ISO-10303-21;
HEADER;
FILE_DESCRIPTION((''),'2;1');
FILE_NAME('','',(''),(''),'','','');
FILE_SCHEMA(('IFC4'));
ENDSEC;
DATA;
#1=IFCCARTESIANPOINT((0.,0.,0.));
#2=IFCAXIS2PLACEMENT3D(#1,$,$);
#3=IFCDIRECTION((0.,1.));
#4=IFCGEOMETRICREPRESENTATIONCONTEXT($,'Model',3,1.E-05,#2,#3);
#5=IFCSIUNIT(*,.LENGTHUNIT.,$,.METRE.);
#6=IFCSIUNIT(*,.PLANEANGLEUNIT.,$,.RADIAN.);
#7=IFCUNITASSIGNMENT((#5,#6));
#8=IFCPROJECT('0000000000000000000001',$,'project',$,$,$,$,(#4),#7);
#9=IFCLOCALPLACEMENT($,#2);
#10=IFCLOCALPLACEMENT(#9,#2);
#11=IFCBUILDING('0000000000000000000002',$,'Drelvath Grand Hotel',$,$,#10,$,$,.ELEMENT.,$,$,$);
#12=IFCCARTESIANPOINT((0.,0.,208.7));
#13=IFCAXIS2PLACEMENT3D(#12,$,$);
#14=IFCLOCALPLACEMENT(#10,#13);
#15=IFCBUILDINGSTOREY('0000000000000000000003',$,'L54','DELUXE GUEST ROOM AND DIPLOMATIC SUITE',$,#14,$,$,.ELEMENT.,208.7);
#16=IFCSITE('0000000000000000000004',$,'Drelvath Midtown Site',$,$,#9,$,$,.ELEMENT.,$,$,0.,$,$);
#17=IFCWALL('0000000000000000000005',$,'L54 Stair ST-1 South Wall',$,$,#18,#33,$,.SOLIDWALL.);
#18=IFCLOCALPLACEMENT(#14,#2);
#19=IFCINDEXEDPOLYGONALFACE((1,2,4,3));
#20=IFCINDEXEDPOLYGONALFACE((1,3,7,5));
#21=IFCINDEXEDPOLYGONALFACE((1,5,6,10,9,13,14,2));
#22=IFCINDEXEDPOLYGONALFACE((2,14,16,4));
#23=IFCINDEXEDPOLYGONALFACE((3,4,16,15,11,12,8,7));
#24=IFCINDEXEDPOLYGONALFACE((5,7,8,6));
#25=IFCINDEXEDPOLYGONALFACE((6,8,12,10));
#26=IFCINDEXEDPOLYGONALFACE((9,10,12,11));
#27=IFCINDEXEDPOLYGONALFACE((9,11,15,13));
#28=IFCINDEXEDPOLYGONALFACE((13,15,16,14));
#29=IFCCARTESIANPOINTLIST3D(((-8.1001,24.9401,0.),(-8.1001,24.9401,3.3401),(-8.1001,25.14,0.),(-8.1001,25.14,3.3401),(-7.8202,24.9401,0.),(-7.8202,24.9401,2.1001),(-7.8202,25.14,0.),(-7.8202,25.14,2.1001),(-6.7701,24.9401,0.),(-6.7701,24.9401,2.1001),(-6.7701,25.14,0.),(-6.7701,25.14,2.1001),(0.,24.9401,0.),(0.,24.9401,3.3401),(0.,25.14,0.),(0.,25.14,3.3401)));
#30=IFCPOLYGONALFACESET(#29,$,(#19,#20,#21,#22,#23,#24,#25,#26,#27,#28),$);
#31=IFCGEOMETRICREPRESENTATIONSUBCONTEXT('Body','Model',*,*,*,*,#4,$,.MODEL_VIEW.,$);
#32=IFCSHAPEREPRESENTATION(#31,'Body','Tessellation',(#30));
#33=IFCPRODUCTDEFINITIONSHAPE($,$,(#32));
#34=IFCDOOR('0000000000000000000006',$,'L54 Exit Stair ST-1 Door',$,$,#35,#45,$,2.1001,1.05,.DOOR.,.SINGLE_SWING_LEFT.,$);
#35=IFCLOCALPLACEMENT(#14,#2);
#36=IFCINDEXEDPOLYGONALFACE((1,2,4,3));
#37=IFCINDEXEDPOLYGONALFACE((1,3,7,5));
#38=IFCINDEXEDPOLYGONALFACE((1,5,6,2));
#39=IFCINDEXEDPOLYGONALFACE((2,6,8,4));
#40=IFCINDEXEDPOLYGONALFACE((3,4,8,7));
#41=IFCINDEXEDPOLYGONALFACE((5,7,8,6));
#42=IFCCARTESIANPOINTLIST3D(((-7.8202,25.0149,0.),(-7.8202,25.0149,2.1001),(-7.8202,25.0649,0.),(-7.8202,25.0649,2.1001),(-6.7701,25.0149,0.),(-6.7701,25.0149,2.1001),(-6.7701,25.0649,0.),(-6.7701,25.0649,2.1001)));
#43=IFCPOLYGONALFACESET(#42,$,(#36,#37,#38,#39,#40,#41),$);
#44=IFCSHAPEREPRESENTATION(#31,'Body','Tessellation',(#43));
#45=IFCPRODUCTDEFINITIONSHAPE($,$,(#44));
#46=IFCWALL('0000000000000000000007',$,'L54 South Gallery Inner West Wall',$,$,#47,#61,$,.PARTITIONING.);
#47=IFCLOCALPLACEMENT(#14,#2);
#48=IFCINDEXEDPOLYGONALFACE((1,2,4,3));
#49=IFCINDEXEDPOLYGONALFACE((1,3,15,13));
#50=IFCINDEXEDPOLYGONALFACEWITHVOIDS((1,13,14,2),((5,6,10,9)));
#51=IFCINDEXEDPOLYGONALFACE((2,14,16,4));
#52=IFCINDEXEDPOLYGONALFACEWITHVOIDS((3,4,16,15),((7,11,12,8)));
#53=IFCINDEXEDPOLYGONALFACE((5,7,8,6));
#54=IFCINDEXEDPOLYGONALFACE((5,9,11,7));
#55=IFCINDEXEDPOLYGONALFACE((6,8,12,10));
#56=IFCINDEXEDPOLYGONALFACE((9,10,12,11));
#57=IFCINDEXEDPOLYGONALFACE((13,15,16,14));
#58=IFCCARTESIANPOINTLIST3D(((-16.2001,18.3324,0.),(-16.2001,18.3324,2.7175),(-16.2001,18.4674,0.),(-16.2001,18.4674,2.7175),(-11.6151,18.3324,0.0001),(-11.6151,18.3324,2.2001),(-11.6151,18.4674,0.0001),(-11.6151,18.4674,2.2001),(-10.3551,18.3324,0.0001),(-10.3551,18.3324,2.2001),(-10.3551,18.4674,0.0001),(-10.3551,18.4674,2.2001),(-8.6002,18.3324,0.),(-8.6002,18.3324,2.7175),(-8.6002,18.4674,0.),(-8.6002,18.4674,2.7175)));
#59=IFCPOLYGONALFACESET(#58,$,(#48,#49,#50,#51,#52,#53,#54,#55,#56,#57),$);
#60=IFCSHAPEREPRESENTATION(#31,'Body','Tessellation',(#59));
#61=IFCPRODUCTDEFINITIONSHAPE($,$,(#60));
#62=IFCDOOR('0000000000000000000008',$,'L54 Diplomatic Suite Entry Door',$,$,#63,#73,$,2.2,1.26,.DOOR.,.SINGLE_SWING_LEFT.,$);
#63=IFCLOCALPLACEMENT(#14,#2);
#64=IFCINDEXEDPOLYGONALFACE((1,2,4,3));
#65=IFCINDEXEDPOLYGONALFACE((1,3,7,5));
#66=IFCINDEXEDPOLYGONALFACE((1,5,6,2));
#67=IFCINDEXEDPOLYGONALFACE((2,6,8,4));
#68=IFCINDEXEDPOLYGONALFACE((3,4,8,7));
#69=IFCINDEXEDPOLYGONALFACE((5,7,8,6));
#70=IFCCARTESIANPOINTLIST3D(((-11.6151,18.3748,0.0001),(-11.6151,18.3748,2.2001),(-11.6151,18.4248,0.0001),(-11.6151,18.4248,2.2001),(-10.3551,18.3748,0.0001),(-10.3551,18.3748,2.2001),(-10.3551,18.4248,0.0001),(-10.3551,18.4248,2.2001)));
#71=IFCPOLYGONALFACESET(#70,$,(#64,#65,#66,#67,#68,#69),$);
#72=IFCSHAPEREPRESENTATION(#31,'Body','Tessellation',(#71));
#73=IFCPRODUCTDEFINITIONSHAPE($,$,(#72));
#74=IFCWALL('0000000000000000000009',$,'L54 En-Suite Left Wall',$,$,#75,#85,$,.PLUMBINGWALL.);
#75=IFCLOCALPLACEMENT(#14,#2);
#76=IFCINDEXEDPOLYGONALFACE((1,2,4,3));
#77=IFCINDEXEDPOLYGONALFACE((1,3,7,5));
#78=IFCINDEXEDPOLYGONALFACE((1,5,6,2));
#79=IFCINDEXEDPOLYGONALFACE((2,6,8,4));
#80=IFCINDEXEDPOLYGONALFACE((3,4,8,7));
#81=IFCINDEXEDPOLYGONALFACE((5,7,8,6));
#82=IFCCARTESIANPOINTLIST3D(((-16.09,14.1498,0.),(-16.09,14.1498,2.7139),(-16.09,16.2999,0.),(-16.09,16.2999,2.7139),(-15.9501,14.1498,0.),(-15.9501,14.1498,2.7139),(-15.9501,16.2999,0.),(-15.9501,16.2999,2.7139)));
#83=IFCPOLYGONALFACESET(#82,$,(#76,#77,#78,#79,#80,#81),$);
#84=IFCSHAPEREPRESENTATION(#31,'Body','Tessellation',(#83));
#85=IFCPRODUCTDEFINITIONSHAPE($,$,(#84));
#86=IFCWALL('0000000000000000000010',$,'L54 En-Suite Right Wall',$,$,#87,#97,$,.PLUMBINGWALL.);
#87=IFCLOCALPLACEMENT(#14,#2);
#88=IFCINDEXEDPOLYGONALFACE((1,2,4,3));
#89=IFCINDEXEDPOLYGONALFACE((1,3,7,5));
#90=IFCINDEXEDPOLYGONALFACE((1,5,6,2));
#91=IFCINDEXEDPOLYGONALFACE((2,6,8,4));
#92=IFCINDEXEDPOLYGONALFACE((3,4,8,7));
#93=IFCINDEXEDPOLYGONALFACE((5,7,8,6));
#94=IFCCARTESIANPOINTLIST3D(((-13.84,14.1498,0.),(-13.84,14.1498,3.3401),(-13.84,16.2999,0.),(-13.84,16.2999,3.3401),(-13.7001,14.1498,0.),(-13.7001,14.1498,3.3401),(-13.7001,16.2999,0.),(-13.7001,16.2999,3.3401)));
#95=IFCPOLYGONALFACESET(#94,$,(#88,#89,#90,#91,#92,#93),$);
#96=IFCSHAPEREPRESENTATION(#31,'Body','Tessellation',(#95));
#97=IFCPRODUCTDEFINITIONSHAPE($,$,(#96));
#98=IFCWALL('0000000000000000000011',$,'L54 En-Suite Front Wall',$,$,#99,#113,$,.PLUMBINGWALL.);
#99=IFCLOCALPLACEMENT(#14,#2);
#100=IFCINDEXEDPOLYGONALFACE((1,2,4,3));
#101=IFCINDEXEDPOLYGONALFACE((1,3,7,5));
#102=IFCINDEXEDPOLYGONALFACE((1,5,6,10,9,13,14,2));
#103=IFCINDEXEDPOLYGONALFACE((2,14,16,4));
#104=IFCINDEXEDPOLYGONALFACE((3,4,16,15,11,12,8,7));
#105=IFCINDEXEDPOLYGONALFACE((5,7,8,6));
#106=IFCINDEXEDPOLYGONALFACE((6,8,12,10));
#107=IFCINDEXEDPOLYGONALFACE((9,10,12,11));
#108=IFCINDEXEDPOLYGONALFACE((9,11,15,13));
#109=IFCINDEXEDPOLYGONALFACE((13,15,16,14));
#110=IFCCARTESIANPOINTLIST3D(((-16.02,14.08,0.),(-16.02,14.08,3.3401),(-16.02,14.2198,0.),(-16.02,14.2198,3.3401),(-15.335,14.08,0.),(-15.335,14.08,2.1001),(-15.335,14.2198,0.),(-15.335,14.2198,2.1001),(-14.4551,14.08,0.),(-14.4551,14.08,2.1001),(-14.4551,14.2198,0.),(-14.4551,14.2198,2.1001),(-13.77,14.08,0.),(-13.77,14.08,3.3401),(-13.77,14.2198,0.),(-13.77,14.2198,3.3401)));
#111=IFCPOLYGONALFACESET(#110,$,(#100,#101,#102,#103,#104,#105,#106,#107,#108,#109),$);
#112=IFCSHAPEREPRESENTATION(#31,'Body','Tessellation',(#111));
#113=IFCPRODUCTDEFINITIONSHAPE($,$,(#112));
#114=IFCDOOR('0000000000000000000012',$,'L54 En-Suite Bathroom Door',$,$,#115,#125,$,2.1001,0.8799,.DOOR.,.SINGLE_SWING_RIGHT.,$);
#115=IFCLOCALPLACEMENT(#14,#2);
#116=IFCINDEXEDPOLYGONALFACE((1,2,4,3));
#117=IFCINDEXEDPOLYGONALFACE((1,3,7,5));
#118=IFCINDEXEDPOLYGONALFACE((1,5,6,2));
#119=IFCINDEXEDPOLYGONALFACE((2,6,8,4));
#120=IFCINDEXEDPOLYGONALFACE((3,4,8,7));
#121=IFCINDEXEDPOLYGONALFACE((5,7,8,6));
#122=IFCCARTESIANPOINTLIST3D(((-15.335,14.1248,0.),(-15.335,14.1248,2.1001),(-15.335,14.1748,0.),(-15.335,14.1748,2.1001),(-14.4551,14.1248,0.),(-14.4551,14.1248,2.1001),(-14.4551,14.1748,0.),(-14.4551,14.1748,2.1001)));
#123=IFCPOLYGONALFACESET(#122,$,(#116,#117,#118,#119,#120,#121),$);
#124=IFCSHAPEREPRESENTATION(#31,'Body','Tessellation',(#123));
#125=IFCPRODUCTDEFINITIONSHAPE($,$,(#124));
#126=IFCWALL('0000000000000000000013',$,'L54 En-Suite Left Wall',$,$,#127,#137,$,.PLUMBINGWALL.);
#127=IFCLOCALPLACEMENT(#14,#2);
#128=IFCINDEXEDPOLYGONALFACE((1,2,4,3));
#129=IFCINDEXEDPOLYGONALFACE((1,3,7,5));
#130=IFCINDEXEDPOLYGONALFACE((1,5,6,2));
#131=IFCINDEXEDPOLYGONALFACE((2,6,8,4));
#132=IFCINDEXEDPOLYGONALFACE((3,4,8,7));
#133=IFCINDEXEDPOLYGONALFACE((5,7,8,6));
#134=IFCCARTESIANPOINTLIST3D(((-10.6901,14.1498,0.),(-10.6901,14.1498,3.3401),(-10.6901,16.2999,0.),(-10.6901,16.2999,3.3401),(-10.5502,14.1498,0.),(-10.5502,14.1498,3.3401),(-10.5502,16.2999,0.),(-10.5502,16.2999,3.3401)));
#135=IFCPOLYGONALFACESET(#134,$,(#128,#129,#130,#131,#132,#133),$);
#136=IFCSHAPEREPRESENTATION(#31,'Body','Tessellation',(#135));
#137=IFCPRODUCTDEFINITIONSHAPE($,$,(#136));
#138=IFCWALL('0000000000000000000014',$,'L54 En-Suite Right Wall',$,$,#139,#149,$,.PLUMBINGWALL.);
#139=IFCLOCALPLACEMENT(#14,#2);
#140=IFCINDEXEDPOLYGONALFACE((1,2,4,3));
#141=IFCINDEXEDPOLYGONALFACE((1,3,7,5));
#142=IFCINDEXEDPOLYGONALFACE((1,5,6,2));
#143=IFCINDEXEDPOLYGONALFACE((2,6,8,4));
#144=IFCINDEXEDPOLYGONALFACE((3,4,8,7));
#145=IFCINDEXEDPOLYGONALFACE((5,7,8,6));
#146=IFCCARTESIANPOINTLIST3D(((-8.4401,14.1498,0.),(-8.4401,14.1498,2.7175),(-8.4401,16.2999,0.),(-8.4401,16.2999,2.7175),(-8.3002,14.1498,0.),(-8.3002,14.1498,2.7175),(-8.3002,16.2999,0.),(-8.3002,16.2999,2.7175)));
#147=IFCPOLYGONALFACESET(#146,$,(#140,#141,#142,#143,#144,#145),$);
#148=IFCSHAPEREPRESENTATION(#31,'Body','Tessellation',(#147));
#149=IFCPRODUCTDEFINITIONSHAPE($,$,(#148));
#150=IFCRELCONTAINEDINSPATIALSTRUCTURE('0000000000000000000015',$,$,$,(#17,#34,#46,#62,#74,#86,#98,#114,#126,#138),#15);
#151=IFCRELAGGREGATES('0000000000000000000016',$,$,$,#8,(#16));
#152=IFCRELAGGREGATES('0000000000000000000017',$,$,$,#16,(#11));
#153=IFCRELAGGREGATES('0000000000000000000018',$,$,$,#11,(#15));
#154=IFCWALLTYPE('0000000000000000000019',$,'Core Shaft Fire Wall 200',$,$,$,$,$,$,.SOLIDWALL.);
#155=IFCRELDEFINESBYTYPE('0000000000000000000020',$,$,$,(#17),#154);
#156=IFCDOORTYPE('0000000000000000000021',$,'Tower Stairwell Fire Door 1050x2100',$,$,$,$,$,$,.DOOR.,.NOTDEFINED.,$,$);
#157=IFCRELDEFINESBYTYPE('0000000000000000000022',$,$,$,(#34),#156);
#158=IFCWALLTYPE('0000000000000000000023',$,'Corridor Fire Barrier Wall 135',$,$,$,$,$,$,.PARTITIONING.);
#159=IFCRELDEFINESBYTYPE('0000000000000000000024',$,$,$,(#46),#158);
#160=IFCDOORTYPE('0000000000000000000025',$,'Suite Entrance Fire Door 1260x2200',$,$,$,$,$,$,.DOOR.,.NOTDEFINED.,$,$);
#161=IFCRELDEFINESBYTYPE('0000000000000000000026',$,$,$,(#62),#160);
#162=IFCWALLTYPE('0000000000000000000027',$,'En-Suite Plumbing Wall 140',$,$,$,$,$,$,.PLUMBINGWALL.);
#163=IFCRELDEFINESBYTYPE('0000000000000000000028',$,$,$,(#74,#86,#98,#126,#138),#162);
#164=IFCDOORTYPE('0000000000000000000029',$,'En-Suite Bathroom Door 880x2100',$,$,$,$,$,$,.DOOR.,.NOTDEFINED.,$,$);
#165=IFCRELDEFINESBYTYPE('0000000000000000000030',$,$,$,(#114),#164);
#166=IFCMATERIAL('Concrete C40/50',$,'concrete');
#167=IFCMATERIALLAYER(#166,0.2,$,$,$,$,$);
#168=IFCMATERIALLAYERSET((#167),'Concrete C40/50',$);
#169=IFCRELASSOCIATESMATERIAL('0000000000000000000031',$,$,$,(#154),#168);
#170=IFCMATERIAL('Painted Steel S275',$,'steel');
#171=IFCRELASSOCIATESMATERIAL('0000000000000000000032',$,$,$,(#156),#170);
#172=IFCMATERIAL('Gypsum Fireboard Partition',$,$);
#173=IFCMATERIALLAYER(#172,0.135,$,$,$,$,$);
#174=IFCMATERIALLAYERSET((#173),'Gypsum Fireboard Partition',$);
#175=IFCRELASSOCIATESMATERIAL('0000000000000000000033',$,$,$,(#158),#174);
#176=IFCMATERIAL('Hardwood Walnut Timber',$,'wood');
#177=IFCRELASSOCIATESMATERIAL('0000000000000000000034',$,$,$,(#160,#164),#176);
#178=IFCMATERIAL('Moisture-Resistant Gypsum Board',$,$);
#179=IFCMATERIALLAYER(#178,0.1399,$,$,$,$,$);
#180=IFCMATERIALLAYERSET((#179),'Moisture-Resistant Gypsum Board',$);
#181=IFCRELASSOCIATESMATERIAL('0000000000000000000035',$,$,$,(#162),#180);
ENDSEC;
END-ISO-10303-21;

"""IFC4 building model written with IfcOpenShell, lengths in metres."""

from ifc_helpers import new_model, si_unit, direction, frame, frame_2d, origin, place, context, subcontext, project, spatial, rectangle, extrude, material, layer, layer_set, type_object, element, fill, save


model = new_model("IFC4")

# Units and contexts
model_context = context("Model", 3, precision=1e-05, world=origin(), true_north=direction((0.0, 1.0)))
body_context = subcontext(model_context, "Body", "Model", "MODEL_VIEW")
ifc_project = project(units=[si_unit("LENGTHUNIT", "METRE"), si_unit("PLANEANGLEUNIT", "RADIAN")], contexts=[model_context])

# Site, building, storey
site_placement = place(None, origin())
site = spatial("IfcSite", under=ifc_project, at=site_placement, Name="Drelvath Midtown Site", CompositionType="ELEMENT", RefElevation=0.0)
building_placement = place(site_placement, origin())
building = spatial("IfcBuilding", under=site, at=building_placement, Name="Drelvath Grand Hotel", CompositionType="ELEMENT")
storey_placement = place(building_placement, frame((0.0, 0.0, 208.7)))
storey = spatial("IfcBuildingStorey", under=building, at=storey_placement, Name="L54", Description="DELUXE GUEST ROOM AND DIPLOMATIC SUITE", CompositionType="ELEMENT", Elevation=208.7)

# Walls, openings, doors
ifc_material_1 = material(Name="Concrete C40/50", Category="concrete")
ifc_layer_1 = layer(ifc_material_1, 0.2)
ifc_layer_set_1 = layer_set([ifc_layer_1], Name="Concrete C40/50")
wall_type_1 = type_object("IfcWallType", Name="Core Shaft Fire Wall 200", PredefinedType="SOLIDWALL", material=ifc_layer_set_1)
wall_1_placement = place(storey_placement, frame((-8.1001, 25.04, 0.0), z_axis=(0.0, 0.0, 1.0), x_axis=(1.0, 0.0, 0.0)))
wall_1 = element("IfcWall", 1, at=wall_1_placement, inside=storey, type_object=wall_type_1, Name="L54 Stair ST-1 South Wall", PredefinedType="SOLIDWALL", context=body_context, shape_type="SweptSolid", body=[
    extrude(rectangle(XDim=8.1001, YDim=0.2, at=frame_2d((4.05, 0.0))), origin(), (0.0, 0.0, 1.0), 3.3401),
])
opening_1_placement = place(wall_1_placement, frame((0.28, 0.0, 0.0)))
opening_1 = element("IfcOpeningElement", 2, at=opening_1_placement, cuts=wall_1, PredefinedType="OPENING", context=body_context, shape_type="SweptSolid", body=[
    extrude(rectangle(XDim=1.05, YDim=2.1001, at=frame_2d((0.5249, 1.05))), frame((0.0, 0.1099, 0.0), z_axis=(0.0, -1.0, 0.0), x_axis=(1.0, 0.0, 0.0)), (0.0, 0.0, 1.0), 0.22),
])
ifc_material_2 = material(Name="Painted Steel S275", Category="steel")
door_type_1 = type_object("IfcDoorType", Name="Tower Stairwell Fire Door 1050x2100", OperationType="NOTDEFINED", PredefinedType="DOOR", material=ifc_material_2)
door_1_placement = place(opening_1_placement, origin())
door_1 = element("IfcDoor", 3, at=door_1_placement, inside=storey, type_object=door_type_1, Name="L54 Exit Stair ST-1 Door", OperationType="SINGLE_SWING_LEFT", OverallHeight=2.1001, OverallWidth=1.05, PredefinedType="DOOR", context=body_context, shape_type="SweptSolid", body=[
    extrude(rectangle(XDim=1.05, YDim=2.1001, at=frame_2d((0.5249, 1.05))), frame((0.0, 0.0249, 0.0), z_axis=(0.0, -1.0, 0.0), x_axis=(1.0, 0.0, 0.0)), (0.0, 0.0, 1.0), 0.05),
])
fill(opening_1, door_1)
ifc_material_3 = material(Name="Gypsum Fireboard Partition")
ifc_layer_2 = layer(ifc_material_3, 0.135)
ifc_layer_set_2 = layer_set([ifc_layer_2], Name="Gypsum Fireboard Partition")
wall_type_2 = type_object("IfcWallType", Name="Corridor Fire Barrier Wall 135", PredefinedType="PARTITIONING", material=ifc_layer_set_2)
wall_2_placement = place(storey_placement, frame((-16.2, 18.3999, 0.0), z_axis=(0.0, 0.0, 1.0), x_axis=(1.0, 0.0, 0.0)))
wall_2 = element("IfcWall", 4, at=wall_2_placement, inside=storey, type_object=wall_type_2, Name="L54 South Gallery Inner West Wall", PredefinedType="PARTITIONING", context=body_context, shape_type="SweptSolid", body=[
    extrude(rectangle(XDim=7.5999, YDim=0.135, at=frame_2d((3.7998, 0.0))), origin(), (0.0, 0.0, 1.0), 2.7175),
])
opening_2_placement = place(wall_2_placement, frame((4.585, 0.0, 0.0)))
opening_2 = element("IfcOpeningElement", 5, at=opening_2_placement, cuts=wall_2, PredefinedType="OPENING", context=body_context, shape_type="SweptSolid", body=[
    extrude(rectangle(XDim=1.26, YDim=2.2, at=frame_2d((0.6299, 1.1001))), frame((0.0, 0.0774, 0.0), z_axis=(0.0, -1.0, 0.0), x_axis=(1.0, 0.0, 0.0)), (0.0, 0.0, 1.0), 0.155),
])
ifc_material_4 = material(Name="Hardwood Walnut Timber", Category="wood")
door_type_2 = type_object("IfcDoorType", Name="Suite Entrance Fire Door 1260x2200", OperationType="NOTDEFINED", PredefinedType="DOOR", material=ifc_material_4)
door_2_placement = place(opening_2_placement, origin())
door_2 = element("IfcDoor", 6, at=door_2_placement, inside=storey, type_object=door_type_2, Name="L54 Diplomatic Suite Entry Door", OperationType="SINGLE_SWING_LEFT", OverallHeight=2.2, OverallWidth=1.26, PredefinedType="DOOR", context=body_context, shape_type="SweptSolid", body=[
    extrude(rectangle(XDim=1.26, YDim=2.2, at=frame_2d((0.6299, 1.1001))), frame((0.0, 0.0249, 0.0), z_axis=(0.0, -1.0, 0.0), x_axis=(1.0, 0.0, 0.0)), (0.0, 0.0, 1.0), 0.05),
])
fill(opening_2, door_2)

# Walls
ifc_material_5 = material(Name="Moisture-Resistant Gypsum Board")
ifc_layer_3 = layer(ifc_material_5, 0.1399)
ifc_layer_set_3 = layer_set([ifc_layer_3], Name="Moisture-Resistant Gypsum Board")
wall_type_3 = type_object("IfcWallType", Name="En-Suite Plumbing Wall 140", PredefinedType="PLUMBINGWALL", material=ifc_layer_set_3)
wall_3_placement = place(storey_placement, frame((-16.02, 16.3, 0.0), z_axis=(0.0, 0.0, 1.0), x_axis=(0.0, -1.0, 0.0)))
element("IfcWall", 7, at=wall_3_placement, inside=storey, type_object=wall_type_3, Name="L54 En-Suite Left Wall", PredefinedType="PLUMBINGWALL", context=body_context, shape_type="SweptSolid", body=[
    extrude(rectangle(XDim=2.1501, YDim=0.1399, at=frame_2d((1.0752, 0.0))), origin(), (0.0, 0.0, 1.0), 2.7139),
])
wall_4_placement = place(storey_placement, frame((-13.77, 16.3, 0.0), z_axis=(0.0, 0.0, 1.0), x_axis=(0.0, -1.0, 0.0)))
element("IfcWall", 8, at=wall_4_placement, inside=storey, type_object=wall_type_3, Name="L54 En-Suite Right Wall", PredefinedType="PLUMBINGWALL", context=body_context, shape_type="SweptSolid", body=[
    extrude(rectangle(XDim=2.1501, YDim=0.1399, at=frame_2d((1.0752, 0.0))), origin(), (0.0, 0.0, 1.0), 3.3401),
])

# Wall, opening, door
wall_5_placement = place(storey_placement, frame((-16.02, 14.1499, 0.0), z_axis=(0.0, 0.0, 1.0), x_axis=(1.0, 0.0, 0.0)))
wall_5 = element("IfcWall", 9, at=wall_5_placement, inside=storey, type_object=wall_type_3, Name="L54 En-Suite Front Wall", PredefinedType="PLUMBINGWALL", context=body_context, shape_type="SweptSolid", body=[
    extrude(rectangle(XDim=2.25, YDim=0.1399, at=frame_2d((1.125, 0.0))), origin(), (0.0, 0.0, 1.0), 3.3401),
])
opening_3_placement = place(wall_5_placement, frame((0.6851, 0.0, 0.0)))
opening_3 = element("IfcOpeningElement", 10, at=opening_3_placement, cuts=wall_5, PredefinedType="OPENING", context=body_context, shape_type="SweptSolid", body=[
    extrude(rectangle(XDim=0.8799, YDim=2.1001, at=frame_2d((0.4399, 1.05))), frame((0.0, 0.0798, 0.0), z_axis=(0.0, -1.0, 0.0), x_axis=(1.0, 0.0, 0.0)), (0.0, 0.0, 1.0), 0.1599),
])
door_type_3 = type_object("IfcDoorType", Name="En-Suite Bathroom Door 880x2100", OperationType="NOTDEFINED", PredefinedType="DOOR", material=ifc_material_4)
door_3_placement = place(opening_3_placement, origin())
door_3 = element("IfcDoor", 11, at=door_3_placement, inside=storey, type_object=door_type_3, Name="L54 En-Suite Bathroom Door", OperationType="SINGLE_SWING_RIGHT", OverallHeight=2.1001, OverallWidth=0.8799, PredefinedType="DOOR", context=body_context, shape_type="SweptSolid", body=[
    extrude(rectangle(XDim=0.8799, YDim=2.1001, at=frame_2d((0.4399, 1.05))), frame((0.0, 0.0249, 0.0), z_axis=(0.0, -1.0, 0.0), x_axis=(1.0, 0.0, 0.0)), (0.0, 0.0, 1.0), 0.05),
])
fill(opening_3, door_3)

# Walls
wall_6_placement = place(storey_placement, frame((-10.6201, 16.3, 0.0), z_axis=(0.0, 0.0, 1.0), x_axis=(0.0, -1.0, 0.0)))
element("IfcWall", 12, at=wall_6_placement, inside=storey, type_object=wall_type_3, Name="L54 En-Suite Left Wall", PredefinedType="PLUMBINGWALL", context=body_context, shape_type="SweptSolid", body=[
    extrude(rectangle(XDim=2.1501, YDim=0.1399, at=frame_2d((1.0752, 0.0))), origin(), (0.0, 0.0, 1.0), 3.3401),
])
wall_7_placement = place(storey_placement, frame((-8.3701, 16.3, 0.0), z_axis=(0.0, 0.0, 1.0), x_axis=(0.0, -1.0, 0.0)))
element("IfcWall", 13, at=wall_7_placement, inside=storey, type_object=wall_type_3, Name="L54 En-Suite Right Wall", PredefinedType="PLUMBINGWALL", context=body_context, shape_type="SweptSolid", body=[
    extrude(rectangle(XDim=2.1501, YDim=0.1399, at=frame_2d((1.0752, 0.0))), origin(), (0.0, 0.0, 1.0), 2.7175),
])

save(model, "model.ifc")
